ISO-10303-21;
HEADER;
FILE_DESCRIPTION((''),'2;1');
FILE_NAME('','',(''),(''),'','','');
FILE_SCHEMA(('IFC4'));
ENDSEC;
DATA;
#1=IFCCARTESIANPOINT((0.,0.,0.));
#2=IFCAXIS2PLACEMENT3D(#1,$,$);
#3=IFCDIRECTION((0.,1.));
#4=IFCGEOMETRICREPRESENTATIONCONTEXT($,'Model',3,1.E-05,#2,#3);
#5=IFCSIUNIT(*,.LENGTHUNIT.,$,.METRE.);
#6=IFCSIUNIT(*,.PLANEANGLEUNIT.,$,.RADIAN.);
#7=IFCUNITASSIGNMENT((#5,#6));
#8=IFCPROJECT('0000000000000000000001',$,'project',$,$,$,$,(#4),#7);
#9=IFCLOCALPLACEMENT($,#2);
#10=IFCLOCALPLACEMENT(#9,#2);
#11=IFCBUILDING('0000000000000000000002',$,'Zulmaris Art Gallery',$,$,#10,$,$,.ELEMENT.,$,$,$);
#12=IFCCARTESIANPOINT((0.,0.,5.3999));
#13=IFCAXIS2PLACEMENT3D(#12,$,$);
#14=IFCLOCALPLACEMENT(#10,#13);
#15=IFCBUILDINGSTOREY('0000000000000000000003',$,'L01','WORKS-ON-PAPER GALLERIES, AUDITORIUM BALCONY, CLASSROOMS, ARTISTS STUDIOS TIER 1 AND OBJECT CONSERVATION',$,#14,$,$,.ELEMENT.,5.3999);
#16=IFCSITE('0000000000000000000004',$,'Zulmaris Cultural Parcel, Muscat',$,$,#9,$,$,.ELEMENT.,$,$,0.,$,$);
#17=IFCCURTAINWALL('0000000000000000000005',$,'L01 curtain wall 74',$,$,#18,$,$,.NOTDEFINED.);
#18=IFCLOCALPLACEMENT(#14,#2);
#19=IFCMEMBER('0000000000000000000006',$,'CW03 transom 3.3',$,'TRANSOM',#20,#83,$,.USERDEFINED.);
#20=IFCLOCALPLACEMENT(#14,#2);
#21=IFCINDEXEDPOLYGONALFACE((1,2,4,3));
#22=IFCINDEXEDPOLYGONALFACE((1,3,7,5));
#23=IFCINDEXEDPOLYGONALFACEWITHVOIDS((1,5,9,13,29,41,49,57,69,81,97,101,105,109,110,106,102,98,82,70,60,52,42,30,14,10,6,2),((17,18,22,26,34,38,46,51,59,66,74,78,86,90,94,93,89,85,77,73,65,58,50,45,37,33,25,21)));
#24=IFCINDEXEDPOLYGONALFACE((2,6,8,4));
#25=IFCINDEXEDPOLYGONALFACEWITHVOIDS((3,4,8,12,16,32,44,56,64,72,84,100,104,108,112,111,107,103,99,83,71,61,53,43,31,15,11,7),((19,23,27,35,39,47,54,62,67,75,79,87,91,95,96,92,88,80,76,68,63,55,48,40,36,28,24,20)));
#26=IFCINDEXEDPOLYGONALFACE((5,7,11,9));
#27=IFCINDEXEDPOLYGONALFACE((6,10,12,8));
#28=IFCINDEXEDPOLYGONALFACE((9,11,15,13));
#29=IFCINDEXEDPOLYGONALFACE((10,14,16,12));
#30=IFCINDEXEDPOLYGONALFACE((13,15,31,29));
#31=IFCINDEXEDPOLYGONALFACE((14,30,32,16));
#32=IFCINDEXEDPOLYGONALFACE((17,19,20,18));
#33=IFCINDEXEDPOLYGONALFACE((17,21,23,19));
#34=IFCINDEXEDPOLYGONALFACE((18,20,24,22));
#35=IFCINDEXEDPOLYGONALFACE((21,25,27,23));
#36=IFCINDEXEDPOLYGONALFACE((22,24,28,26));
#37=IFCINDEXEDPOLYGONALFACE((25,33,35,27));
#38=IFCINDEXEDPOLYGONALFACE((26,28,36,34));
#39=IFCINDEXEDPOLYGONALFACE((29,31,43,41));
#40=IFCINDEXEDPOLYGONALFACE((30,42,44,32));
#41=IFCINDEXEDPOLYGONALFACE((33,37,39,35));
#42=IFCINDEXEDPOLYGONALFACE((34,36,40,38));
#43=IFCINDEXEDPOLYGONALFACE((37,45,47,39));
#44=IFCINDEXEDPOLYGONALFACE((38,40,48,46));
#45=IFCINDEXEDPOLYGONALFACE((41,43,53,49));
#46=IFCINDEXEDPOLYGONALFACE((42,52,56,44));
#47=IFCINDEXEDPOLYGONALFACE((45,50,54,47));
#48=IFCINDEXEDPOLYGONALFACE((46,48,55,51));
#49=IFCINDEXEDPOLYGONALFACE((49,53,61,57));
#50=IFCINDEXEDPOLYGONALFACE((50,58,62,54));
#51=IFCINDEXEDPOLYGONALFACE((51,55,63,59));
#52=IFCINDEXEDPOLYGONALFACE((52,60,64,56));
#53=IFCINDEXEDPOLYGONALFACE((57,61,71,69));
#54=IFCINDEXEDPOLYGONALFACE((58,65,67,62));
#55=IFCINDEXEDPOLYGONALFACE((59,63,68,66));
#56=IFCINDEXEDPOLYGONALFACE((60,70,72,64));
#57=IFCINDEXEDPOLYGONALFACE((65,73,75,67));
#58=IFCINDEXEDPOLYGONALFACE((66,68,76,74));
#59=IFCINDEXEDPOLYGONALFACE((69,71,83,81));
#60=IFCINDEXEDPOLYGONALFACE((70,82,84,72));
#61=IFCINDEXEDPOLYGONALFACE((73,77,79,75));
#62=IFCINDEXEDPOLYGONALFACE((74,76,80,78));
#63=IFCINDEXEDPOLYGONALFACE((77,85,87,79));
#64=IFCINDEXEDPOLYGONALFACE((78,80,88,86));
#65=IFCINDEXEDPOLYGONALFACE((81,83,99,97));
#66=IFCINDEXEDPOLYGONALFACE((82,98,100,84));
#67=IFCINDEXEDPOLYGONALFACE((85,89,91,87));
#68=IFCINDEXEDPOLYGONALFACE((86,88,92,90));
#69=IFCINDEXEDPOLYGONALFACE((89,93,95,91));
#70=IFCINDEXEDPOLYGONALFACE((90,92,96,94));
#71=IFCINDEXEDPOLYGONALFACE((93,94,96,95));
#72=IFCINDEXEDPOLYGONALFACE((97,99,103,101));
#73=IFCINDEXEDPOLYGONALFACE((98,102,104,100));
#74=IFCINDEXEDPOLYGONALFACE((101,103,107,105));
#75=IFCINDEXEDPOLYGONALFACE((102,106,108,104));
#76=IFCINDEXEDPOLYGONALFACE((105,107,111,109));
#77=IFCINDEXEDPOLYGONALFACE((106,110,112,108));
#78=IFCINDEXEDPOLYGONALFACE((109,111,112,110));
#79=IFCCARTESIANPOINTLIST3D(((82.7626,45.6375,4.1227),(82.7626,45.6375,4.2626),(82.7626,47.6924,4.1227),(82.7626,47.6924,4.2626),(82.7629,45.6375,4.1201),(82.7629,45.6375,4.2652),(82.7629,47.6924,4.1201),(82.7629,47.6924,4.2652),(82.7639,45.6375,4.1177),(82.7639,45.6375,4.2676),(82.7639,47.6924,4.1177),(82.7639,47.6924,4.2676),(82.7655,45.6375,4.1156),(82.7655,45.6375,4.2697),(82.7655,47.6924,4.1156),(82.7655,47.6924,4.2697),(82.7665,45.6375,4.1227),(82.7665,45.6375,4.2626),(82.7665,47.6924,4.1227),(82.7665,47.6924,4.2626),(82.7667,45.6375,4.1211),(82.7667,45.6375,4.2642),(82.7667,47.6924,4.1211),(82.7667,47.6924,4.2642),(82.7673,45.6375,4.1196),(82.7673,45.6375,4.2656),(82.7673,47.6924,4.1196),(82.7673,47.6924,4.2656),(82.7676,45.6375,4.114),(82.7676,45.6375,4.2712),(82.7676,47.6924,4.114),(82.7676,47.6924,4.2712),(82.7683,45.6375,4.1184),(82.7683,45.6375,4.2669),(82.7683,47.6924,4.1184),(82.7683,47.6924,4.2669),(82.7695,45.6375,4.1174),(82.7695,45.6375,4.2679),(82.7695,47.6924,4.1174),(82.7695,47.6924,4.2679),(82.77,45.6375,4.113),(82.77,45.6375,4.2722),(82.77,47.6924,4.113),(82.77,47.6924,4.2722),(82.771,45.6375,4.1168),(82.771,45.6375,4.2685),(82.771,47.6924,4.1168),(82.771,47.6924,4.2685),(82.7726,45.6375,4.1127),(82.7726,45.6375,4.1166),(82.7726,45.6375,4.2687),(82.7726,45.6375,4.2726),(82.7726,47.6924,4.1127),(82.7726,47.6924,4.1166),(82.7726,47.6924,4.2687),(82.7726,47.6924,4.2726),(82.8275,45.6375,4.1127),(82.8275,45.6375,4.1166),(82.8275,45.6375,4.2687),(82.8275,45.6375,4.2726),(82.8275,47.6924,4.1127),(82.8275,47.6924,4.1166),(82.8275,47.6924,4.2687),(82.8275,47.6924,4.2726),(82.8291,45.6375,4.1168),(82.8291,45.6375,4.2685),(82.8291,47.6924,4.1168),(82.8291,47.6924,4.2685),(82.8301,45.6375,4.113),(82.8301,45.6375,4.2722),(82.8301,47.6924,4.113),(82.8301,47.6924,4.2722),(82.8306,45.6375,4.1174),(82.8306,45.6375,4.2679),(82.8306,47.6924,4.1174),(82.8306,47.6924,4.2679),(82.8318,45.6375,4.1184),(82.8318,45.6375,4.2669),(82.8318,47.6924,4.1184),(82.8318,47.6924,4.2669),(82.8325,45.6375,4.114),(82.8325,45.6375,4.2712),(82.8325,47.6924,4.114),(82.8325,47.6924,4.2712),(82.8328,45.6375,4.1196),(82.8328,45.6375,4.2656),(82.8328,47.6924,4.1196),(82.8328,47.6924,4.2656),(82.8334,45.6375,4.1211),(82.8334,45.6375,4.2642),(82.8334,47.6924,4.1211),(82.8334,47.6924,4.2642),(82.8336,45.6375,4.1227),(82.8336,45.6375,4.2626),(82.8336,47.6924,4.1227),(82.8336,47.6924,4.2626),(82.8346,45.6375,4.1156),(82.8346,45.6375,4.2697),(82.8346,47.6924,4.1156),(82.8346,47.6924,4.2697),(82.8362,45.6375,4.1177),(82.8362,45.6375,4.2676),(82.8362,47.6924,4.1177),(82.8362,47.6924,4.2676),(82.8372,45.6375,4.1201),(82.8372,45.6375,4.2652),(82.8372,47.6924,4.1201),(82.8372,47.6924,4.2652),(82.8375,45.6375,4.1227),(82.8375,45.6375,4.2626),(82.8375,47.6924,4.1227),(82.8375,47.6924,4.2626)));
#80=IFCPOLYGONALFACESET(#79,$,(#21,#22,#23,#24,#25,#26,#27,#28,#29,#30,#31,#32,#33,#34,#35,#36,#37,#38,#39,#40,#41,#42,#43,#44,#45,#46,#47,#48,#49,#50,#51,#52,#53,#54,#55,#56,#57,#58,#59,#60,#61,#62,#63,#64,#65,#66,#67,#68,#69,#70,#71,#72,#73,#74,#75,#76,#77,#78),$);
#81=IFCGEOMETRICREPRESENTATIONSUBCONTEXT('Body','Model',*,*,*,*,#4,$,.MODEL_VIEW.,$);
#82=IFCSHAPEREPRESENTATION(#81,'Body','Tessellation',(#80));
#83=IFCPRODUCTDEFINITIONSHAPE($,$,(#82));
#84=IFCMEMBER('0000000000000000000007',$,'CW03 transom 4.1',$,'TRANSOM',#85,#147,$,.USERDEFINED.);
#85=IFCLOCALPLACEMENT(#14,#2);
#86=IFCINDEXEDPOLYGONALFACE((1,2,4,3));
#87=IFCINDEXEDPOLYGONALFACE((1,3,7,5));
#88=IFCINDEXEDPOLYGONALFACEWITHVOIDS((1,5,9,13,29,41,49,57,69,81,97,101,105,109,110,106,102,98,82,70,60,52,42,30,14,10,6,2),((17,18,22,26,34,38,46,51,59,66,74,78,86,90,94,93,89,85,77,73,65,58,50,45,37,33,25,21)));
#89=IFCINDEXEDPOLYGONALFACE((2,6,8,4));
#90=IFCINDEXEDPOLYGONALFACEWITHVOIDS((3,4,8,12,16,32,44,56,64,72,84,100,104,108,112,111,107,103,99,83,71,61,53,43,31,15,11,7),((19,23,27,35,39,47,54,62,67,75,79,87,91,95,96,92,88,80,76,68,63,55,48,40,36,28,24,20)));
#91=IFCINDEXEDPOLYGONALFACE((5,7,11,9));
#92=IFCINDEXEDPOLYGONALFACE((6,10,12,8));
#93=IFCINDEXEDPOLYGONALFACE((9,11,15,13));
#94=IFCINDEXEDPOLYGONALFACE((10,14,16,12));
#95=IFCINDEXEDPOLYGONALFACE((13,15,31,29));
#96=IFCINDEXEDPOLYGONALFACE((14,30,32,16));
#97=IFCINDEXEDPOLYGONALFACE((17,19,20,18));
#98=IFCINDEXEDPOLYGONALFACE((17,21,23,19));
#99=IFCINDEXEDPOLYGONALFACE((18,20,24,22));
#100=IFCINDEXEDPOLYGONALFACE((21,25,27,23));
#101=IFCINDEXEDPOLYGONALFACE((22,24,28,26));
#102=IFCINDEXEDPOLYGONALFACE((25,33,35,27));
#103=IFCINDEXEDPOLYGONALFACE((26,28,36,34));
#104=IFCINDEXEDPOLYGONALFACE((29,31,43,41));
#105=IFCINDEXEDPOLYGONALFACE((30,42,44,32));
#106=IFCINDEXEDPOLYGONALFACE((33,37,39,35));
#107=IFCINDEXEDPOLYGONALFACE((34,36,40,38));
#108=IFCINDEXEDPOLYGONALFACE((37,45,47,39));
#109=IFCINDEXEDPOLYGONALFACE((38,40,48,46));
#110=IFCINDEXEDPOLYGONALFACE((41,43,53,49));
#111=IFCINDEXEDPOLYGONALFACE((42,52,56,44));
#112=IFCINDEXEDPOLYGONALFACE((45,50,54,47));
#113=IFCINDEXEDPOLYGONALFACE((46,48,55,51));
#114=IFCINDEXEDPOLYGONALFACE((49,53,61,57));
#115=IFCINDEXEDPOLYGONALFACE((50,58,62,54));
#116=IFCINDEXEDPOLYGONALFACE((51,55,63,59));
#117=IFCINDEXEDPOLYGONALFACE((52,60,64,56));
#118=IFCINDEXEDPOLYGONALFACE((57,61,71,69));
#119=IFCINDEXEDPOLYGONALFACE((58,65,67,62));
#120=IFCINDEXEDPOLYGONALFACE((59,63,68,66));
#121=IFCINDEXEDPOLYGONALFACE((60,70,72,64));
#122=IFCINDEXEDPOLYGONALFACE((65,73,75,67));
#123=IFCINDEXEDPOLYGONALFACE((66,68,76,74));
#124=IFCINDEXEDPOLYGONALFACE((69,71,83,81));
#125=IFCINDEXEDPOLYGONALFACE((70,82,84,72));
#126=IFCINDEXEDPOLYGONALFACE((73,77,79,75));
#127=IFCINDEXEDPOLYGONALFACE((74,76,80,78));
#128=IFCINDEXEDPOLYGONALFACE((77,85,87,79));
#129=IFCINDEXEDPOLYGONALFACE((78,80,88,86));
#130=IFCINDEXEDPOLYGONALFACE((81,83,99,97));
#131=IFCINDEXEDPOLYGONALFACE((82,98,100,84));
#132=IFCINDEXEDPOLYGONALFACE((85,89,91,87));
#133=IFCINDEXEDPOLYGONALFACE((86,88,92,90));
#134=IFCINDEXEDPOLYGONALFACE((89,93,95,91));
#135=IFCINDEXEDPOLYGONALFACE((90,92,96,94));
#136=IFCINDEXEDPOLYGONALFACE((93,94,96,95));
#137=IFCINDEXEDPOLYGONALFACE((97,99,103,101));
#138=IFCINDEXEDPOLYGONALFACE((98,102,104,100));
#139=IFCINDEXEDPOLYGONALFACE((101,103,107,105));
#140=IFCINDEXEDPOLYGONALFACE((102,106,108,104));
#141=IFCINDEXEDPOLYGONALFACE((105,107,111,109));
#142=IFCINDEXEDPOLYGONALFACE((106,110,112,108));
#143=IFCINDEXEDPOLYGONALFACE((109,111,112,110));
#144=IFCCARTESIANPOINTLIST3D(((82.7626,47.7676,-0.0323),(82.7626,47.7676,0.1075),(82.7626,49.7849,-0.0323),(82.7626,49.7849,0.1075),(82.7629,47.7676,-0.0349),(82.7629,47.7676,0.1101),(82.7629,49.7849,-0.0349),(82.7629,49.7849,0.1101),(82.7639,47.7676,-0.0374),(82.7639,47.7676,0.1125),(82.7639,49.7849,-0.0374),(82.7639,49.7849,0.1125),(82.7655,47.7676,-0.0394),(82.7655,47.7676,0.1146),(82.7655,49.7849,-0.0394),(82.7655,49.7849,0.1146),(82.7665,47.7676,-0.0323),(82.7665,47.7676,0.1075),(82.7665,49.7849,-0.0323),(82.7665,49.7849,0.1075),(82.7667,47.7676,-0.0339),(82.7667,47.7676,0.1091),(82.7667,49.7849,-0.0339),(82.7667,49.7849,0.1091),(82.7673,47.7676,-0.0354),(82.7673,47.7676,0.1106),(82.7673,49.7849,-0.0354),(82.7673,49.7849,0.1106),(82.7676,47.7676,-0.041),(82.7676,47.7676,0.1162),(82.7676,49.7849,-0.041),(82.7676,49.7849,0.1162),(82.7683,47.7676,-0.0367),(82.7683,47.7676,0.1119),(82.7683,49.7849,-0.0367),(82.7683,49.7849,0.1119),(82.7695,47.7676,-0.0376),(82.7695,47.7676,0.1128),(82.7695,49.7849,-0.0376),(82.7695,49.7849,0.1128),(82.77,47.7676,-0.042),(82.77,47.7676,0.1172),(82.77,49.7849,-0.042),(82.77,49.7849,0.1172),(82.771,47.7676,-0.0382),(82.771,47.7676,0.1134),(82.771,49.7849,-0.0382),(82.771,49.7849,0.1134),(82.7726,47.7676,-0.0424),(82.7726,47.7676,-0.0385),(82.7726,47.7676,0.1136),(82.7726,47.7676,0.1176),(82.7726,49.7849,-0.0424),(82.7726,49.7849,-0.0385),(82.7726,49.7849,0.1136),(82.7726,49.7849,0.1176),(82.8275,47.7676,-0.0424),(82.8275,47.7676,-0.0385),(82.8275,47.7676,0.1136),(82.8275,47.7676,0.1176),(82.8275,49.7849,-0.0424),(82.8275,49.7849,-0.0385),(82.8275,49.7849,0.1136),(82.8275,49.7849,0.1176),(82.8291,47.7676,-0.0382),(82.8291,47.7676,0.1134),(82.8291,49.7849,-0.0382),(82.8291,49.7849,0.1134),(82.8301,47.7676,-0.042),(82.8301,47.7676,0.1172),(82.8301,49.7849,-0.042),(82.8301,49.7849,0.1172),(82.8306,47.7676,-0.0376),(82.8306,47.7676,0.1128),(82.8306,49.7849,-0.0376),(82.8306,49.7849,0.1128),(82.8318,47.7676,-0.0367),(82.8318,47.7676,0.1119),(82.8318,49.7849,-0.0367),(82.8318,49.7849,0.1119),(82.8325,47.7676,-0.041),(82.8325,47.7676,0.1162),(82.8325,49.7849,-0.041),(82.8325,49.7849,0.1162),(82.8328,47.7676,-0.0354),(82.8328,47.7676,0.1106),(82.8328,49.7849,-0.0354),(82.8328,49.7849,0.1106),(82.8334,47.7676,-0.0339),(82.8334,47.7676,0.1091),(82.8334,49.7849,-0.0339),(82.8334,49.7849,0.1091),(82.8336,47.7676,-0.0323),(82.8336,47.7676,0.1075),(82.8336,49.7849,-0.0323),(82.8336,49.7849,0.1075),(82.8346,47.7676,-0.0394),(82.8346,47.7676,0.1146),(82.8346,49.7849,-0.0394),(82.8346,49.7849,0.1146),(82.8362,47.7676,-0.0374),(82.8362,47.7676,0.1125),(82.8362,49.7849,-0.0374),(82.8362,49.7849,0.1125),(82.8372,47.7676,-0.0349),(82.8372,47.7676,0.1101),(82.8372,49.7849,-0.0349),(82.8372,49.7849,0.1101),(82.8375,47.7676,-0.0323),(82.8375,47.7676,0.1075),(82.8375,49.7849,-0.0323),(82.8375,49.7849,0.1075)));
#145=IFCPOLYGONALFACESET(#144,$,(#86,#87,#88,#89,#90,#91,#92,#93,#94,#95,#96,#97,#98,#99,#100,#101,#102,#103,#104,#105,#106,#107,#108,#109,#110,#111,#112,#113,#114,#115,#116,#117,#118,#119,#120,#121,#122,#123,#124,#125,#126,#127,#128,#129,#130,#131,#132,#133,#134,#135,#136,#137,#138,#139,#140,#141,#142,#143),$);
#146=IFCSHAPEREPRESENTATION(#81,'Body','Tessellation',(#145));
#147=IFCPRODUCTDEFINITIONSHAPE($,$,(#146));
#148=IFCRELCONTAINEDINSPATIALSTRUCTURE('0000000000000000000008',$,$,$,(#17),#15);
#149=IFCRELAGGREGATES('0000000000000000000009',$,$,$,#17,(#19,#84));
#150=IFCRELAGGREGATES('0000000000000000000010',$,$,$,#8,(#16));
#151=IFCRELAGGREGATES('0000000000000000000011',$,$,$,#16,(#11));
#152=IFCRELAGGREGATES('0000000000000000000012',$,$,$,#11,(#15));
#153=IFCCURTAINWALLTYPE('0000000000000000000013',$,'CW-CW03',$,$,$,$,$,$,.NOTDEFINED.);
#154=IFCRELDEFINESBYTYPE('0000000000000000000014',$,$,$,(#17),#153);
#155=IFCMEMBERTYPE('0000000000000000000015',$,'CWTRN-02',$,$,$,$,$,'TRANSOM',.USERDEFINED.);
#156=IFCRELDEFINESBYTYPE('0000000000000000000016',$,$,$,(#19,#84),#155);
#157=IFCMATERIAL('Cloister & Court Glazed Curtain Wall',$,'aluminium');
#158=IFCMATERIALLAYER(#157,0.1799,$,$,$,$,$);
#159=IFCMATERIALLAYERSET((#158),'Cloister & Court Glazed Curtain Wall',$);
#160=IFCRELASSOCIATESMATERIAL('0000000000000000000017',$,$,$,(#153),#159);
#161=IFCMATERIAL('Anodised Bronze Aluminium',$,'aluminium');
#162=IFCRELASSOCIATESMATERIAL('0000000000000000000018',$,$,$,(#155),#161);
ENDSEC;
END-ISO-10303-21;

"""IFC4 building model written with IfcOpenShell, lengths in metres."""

from ifc_helpers import new_model, si_unit, direction, frame, origin, origin_2d, place, context, subcontext, project, spatial, hollow_rectangle, extrude, material, layer, layer_set, material_profile, profile_set, type_object, element, aggregate, save


model = new_model("IFC4")

# Units and contexts
model_context = context("Model", 3, precision=1e-05, world=origin(), true_north=direction((0.0, 1.0)))
body_context = subcontext(model_context, "Body", "Model", "MODEL_VIEW")
ifc_project = project(units=[si_unit("LENGTHUNIT", "METRE"), si_unit("PLANEANGLEUNIT", "RADIAN")], contexts=[model_context])

# Site, building, storey
site_placement = place(None, origin())
site = spatial("IfcSite", under=ifc_project, at=site_placement, Name="Zulmaris Cultural Parcel, Muscat", CompositionType="ELEMENT", RefElevation=0.0)
building_placement = place(site_placement, origin())
building = spatial("IfcBuilding", under=site, at=building_placement, Name="Zulmaris Art Gallery", CompositionType="ELEMENT")
storey_placement = place(building_placement, frame((0.0, 0.0, 5.3999)))
storey = spatial("IfcBuildingStorey", under=building, at=storey_placement, Name="L01", Description="WORKS-ON-PAPER GALLERIES, AUDITORIUM BALCONY, CLASSROOMS, ARTISTS STUDIOS TIER 1 AND OBJECT CONSERVATION", CompositionType="ELEMENT", Elevation=5.3999)

# Curtain wall, members
ifc_material_1 = material(Name="Cloister & Court Glazed Curtain Wall", Category="aluminium")
ifc_layer_1 = layer(ifc_material_1, 0.1799)
ifc_layer_set_1 = layer_set([ifc_layer_1], Name="Cloister & Court Glazed Curtain Wall")
curtain_wall_type = type_object("IfcCurtainWallType", Name="CW-CW03", PredefinedType="NOTDEFINED", material=ifc_layer_set_1)
ifc_material_2 = material(Name="Anodised Bronze Aluminium", Category="aluminium")
curtain_wall_1_placement = place(storey_placement, origin())
curtain_wall_1 = element("IfcCurtainWall", 1, at=curtain_wall_1_placement, inside=storey, type_object=curtain_wall_type, Name="L01 curtain wall 74", PredefinedType="NOTDEFINED")
ifc_material_profile_1 = material_profile(ifc_material_2, hollow_rectangle(XDim=0.075, YDim=0.1599, WallThickness=0.0039, InnerFilletRadius=0.0061, OuterFilletRadius=0.01, at=origin_2d()), Name="ALU 75x160x4")
ifc_profile_set_1 = profile_set([ifc_material_profile_1], Name="Anodised Bronze Aluminium")
member_type_1 = type_object("IfcMemberType", Name="CWTRN-02", ElementType="TRANSOM", PredefinedType="USERDEFINED", material=ifc_profile_set_1)
member_1_placement = place(storey_placement, frame((82.8, 45.6375, 4.1926), z_axis=(0.0, 1.0, 0.0), x_axis=(-1.0, 0.0, 0.0)))
member_1 = element("IfcMember", 2, at=member_1_placement, type_object=member_type_1, Name="CW03 transom 3.3", ObjectType="TRANSOM", PredefinedType="USERDEFINED", context=body_context, shape_type="SweptSolid", body=[
    extrude(hollow_rectangle(XDim=0.075, YDim=0.1599, WallThickness=0.0039, InnerFilletRadius=0.0061, OuterFilletRadius=0.01, at=origin_2d()), origin(), (0.0, 0.0, 1.0), 2.0549),
])
member_2_placement = place(storey_placement, frame((82.8, 47.7676, 0.0376), z_axis=(0.0, 1.0, 0.0), x_axis=(-1.0, 0.0, 0.0)))
member_2 = element("IfcMember", 3, at=member_2_placement, type_object=member_type_1, Name="CW03 transom 4.1", ObjectType="TRANSOM", PredefinedType="USERDEFINED", context=body_context, shape_type="SweptSolid", body=[
    extrude(hollow_rectangle(XDim=0.075, YDim=0.1599, WallThickness=0.0039, InnerFilletRadius=0.0061, OuterFilletRadius=0.01, at=origin_2d()), origin(), (0.0, 0.0, 1.0), 2.0173),
])

aggregate(curtain_wall_1, [member_1, member_2])

save(model, "model.ifc")
